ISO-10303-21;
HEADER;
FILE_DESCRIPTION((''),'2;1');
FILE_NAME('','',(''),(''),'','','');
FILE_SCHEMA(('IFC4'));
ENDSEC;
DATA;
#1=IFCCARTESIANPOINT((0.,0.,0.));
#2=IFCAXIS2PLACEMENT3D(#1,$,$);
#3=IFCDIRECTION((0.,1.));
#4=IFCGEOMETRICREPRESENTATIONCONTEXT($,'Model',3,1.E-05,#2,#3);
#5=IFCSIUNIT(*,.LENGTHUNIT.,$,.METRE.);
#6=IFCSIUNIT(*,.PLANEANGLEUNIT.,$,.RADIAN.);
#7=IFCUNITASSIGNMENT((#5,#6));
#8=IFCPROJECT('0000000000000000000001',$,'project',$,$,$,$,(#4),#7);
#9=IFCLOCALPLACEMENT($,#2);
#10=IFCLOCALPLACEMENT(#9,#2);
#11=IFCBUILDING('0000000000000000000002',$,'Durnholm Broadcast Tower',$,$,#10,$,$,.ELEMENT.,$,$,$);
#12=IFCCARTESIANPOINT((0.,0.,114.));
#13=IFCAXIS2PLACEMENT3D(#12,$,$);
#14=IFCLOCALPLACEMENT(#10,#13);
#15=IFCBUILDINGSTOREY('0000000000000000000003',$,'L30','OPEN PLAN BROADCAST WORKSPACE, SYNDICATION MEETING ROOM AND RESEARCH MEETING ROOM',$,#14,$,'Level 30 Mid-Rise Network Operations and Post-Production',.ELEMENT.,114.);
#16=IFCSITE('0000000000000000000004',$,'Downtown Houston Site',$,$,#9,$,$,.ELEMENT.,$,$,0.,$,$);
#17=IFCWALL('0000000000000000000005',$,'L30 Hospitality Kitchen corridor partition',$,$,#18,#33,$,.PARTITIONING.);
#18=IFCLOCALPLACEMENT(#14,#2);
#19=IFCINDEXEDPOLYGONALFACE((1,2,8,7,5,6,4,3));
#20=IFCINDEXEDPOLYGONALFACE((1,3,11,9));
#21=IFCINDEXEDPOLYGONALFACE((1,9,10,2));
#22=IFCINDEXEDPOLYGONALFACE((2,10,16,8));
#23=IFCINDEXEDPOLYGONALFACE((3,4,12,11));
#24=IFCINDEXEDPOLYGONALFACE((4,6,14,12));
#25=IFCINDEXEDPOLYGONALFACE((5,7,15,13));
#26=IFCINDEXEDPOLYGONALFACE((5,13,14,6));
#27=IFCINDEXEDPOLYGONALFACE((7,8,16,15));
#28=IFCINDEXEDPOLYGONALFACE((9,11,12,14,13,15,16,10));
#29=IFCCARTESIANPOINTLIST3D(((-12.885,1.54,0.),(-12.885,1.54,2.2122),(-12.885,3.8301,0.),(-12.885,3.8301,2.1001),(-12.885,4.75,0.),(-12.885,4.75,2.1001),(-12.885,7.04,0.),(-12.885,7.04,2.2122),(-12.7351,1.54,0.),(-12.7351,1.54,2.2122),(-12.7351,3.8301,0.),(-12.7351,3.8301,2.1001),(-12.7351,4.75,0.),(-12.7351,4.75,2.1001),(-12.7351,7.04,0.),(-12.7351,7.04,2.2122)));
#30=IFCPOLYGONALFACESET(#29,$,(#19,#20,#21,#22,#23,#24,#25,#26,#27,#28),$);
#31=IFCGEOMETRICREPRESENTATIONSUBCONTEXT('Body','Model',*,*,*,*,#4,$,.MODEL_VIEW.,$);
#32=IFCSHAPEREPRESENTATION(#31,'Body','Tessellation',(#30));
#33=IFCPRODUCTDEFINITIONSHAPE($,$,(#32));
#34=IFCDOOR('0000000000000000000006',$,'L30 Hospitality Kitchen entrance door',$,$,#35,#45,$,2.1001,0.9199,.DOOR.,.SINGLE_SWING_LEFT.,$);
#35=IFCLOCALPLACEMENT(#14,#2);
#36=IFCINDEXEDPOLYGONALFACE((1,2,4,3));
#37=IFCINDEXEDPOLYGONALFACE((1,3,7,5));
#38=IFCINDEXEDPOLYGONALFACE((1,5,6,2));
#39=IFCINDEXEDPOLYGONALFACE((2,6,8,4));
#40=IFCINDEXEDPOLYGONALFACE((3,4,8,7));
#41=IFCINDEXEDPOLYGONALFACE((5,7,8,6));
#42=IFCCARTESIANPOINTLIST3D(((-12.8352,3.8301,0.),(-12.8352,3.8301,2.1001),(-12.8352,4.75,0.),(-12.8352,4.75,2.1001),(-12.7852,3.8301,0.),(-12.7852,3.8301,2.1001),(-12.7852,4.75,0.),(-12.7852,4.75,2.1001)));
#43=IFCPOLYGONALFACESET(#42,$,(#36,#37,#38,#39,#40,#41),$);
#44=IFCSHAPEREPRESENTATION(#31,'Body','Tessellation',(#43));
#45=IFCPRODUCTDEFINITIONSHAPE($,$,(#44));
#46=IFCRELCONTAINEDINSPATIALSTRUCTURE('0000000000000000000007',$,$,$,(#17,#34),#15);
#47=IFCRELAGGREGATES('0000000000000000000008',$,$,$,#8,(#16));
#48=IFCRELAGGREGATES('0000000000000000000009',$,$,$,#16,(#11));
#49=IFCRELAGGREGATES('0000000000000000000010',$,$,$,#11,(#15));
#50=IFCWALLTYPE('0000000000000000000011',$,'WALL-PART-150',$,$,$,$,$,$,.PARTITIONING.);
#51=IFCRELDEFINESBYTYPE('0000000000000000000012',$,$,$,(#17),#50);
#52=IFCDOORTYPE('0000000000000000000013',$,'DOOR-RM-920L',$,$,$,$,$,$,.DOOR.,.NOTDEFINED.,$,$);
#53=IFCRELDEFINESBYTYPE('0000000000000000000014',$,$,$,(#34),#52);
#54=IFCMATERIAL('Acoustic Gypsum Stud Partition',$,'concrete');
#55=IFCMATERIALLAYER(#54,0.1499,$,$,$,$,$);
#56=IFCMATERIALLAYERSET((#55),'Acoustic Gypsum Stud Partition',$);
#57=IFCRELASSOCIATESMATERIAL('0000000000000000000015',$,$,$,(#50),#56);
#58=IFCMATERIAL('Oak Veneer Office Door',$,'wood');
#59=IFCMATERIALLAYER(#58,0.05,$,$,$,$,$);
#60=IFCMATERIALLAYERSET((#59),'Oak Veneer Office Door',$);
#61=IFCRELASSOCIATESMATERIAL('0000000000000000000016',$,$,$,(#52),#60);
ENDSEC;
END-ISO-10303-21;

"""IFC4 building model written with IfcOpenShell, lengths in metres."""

from ifc_helpers import new_model, si_unit, direction, frame, frame_2d, origin, place, context, subcontext, project, spatial, rectangle, extrude, source, transform, mapped, material, layer, layer_set, type_object, type_shapes, element, fill, save


model = new_model("IFC4")

# Units and contexts
model_context = context("Model", 3, precision=1e-05, world=origin(), true_north=direction((0.0, 1.0)))
body_context = subcontext(model_context, "Body", "Model", "MODEL_VIEW")
ifc_project = project(units=[si_unit("LENGTHUNIT", "METRE"), si_unit("PLANEANGLEUNIT", "RADIAN")], contexts=[model_context])

# Site, building, storey
site_placement = place(None, origin())
site = spatial("IfcSite", under=ifc_project, at=site_placement, Name="Downtown Houston Site", CompositionType="ELEMENT", RefElevation=0.0)
building_placement = place(site_placement, origin())
building = spatial("IfcBuilding", under=site, at=building_placement, Name="Durnholm Broadcast Tower", CompositionType="ELEMENT")
storey_placement = place(building_placement, frame((0.0, 0.0, 114.0)))
storey = spatial("IfcBuildingStorey", under=building, at=storey_placement, Name="L30", Description="OPEN PLAN BROADCAST WORKSPACE, SYNDICATION MEETING ROOM AND RESEARCH MEETING ROOM", LongName="Level 30 Mid-Rise Network Operations and Post-Production", CompositionType="ELEMENT", Elevation=114.0)

# Wall, opening, door
ifc_material_1 = material(Name="Acoustic Gypsum Stud Partition", Category="concrete")
ifc_layer_1 = layer(ifc_material_1, 0.1499)
ifc_layer_set_1 = layer_set([ifc_layer_1], Name="Acoustic Gypsum Stud Partition")
wall_type_1 = type_object("IfcWallType", Name="WALL-PART-150", PredefinedType="PARTITIONING", material=ifc_layer_set_1)
wall_1_placement = place(storey_placement, frame((-12.8101, 7.04, 0.0), z_axis=(0.0, 0.0, 1.0), x_axis=(0.0, -1.0, 0.0)))
wall_1 = element("IfcWall", 1, at=wall_1_placement, inside=storey, type_object=wall_type_1, Name="L30 Hospitality Kitchen corridor partition", PredefinedType="PARTITIONING", context=body_context, shape_type="SweptSolid", body=[
    extrude(rectangle(XDim=5.5, YDim=0.1499, at=frame_2d((2.75, 0.0))), origin(), (0.0, 0.0, 1.0), 2.2122),
])
opening_placement = place(wall_1_placement, frame((2.29, 0.0, 0.0)))
opening = element("IfcOpeningElement", 2, at=opening_placement, cuts=wall_1, PredefinedType="OPENING", context=body_context, shape_type="SweptSolid", body=[
    extrude(rectangle(XDim=0.9199, YDim=2.1001, at=frame_2d((0.46, 1.05))), frame((0.0, 0.085, 0.0), z_axis=(0.0, -1.0, 0.0), x_axis=(1.0, 0.0, 0.0)), (0.0, 0.0, 1.0), 0.1699),
])
ifc_material_2 = material(Name="Oak Veneer Office Door", Category="wood")
ifc_layer_2 = layer(ifc_material_2, 0.05)
ifc_layer_set_2 = layer_set([ifc_layer_2], Name="Oak Veneer Office Door")
door_type = type_object("IfcDoorType", Name="DOOR-RM-920L", OperationType="NOTDEFINED", PredefinedType="DOOR", material=ifc_layer_set_2)
shared_shape_1 = source(origin(), body_context, "Body", "SweptSolid", [
    extrude(rectangle(XDim=0.9199, YDim=2.1001, at=frame_2d((0.46, 1.05))), frame((0.0, 0.0249, 0.0), z_axis=(0.0, -1.0, 0.0), x_axis=(1.0, 0.0, 0.0)), (0.0, 0.0, 1.0), 0.05),
])
type_shapes(door_type, [shared_shape_1])
door_placement = place(opening_placement, origin())
door = element("IfcDoor", 3, at=door_placement, inside=storey, type_object=door_type, Name="L30 Hospitality Kitchen entrance door", OperationType="SINGLE_SWING_LEFT", OverallHeight=2.1001, OverallWidth=0.9199, PredefinedType="DOOR", context=body_context, shape_type="MappedRepresentation", body=[
    mapped(shared_shape_1, transform((0.0, 0.0, 0.0), x_axis=(1.0, 0.0, 0.0), y_axis=(0.0, 1.0, 0.0), z_axis=(0.0, 0.0, 1.0), scale=1.0)),
])
fill(opening, door)

save(model, "model.ifc")
